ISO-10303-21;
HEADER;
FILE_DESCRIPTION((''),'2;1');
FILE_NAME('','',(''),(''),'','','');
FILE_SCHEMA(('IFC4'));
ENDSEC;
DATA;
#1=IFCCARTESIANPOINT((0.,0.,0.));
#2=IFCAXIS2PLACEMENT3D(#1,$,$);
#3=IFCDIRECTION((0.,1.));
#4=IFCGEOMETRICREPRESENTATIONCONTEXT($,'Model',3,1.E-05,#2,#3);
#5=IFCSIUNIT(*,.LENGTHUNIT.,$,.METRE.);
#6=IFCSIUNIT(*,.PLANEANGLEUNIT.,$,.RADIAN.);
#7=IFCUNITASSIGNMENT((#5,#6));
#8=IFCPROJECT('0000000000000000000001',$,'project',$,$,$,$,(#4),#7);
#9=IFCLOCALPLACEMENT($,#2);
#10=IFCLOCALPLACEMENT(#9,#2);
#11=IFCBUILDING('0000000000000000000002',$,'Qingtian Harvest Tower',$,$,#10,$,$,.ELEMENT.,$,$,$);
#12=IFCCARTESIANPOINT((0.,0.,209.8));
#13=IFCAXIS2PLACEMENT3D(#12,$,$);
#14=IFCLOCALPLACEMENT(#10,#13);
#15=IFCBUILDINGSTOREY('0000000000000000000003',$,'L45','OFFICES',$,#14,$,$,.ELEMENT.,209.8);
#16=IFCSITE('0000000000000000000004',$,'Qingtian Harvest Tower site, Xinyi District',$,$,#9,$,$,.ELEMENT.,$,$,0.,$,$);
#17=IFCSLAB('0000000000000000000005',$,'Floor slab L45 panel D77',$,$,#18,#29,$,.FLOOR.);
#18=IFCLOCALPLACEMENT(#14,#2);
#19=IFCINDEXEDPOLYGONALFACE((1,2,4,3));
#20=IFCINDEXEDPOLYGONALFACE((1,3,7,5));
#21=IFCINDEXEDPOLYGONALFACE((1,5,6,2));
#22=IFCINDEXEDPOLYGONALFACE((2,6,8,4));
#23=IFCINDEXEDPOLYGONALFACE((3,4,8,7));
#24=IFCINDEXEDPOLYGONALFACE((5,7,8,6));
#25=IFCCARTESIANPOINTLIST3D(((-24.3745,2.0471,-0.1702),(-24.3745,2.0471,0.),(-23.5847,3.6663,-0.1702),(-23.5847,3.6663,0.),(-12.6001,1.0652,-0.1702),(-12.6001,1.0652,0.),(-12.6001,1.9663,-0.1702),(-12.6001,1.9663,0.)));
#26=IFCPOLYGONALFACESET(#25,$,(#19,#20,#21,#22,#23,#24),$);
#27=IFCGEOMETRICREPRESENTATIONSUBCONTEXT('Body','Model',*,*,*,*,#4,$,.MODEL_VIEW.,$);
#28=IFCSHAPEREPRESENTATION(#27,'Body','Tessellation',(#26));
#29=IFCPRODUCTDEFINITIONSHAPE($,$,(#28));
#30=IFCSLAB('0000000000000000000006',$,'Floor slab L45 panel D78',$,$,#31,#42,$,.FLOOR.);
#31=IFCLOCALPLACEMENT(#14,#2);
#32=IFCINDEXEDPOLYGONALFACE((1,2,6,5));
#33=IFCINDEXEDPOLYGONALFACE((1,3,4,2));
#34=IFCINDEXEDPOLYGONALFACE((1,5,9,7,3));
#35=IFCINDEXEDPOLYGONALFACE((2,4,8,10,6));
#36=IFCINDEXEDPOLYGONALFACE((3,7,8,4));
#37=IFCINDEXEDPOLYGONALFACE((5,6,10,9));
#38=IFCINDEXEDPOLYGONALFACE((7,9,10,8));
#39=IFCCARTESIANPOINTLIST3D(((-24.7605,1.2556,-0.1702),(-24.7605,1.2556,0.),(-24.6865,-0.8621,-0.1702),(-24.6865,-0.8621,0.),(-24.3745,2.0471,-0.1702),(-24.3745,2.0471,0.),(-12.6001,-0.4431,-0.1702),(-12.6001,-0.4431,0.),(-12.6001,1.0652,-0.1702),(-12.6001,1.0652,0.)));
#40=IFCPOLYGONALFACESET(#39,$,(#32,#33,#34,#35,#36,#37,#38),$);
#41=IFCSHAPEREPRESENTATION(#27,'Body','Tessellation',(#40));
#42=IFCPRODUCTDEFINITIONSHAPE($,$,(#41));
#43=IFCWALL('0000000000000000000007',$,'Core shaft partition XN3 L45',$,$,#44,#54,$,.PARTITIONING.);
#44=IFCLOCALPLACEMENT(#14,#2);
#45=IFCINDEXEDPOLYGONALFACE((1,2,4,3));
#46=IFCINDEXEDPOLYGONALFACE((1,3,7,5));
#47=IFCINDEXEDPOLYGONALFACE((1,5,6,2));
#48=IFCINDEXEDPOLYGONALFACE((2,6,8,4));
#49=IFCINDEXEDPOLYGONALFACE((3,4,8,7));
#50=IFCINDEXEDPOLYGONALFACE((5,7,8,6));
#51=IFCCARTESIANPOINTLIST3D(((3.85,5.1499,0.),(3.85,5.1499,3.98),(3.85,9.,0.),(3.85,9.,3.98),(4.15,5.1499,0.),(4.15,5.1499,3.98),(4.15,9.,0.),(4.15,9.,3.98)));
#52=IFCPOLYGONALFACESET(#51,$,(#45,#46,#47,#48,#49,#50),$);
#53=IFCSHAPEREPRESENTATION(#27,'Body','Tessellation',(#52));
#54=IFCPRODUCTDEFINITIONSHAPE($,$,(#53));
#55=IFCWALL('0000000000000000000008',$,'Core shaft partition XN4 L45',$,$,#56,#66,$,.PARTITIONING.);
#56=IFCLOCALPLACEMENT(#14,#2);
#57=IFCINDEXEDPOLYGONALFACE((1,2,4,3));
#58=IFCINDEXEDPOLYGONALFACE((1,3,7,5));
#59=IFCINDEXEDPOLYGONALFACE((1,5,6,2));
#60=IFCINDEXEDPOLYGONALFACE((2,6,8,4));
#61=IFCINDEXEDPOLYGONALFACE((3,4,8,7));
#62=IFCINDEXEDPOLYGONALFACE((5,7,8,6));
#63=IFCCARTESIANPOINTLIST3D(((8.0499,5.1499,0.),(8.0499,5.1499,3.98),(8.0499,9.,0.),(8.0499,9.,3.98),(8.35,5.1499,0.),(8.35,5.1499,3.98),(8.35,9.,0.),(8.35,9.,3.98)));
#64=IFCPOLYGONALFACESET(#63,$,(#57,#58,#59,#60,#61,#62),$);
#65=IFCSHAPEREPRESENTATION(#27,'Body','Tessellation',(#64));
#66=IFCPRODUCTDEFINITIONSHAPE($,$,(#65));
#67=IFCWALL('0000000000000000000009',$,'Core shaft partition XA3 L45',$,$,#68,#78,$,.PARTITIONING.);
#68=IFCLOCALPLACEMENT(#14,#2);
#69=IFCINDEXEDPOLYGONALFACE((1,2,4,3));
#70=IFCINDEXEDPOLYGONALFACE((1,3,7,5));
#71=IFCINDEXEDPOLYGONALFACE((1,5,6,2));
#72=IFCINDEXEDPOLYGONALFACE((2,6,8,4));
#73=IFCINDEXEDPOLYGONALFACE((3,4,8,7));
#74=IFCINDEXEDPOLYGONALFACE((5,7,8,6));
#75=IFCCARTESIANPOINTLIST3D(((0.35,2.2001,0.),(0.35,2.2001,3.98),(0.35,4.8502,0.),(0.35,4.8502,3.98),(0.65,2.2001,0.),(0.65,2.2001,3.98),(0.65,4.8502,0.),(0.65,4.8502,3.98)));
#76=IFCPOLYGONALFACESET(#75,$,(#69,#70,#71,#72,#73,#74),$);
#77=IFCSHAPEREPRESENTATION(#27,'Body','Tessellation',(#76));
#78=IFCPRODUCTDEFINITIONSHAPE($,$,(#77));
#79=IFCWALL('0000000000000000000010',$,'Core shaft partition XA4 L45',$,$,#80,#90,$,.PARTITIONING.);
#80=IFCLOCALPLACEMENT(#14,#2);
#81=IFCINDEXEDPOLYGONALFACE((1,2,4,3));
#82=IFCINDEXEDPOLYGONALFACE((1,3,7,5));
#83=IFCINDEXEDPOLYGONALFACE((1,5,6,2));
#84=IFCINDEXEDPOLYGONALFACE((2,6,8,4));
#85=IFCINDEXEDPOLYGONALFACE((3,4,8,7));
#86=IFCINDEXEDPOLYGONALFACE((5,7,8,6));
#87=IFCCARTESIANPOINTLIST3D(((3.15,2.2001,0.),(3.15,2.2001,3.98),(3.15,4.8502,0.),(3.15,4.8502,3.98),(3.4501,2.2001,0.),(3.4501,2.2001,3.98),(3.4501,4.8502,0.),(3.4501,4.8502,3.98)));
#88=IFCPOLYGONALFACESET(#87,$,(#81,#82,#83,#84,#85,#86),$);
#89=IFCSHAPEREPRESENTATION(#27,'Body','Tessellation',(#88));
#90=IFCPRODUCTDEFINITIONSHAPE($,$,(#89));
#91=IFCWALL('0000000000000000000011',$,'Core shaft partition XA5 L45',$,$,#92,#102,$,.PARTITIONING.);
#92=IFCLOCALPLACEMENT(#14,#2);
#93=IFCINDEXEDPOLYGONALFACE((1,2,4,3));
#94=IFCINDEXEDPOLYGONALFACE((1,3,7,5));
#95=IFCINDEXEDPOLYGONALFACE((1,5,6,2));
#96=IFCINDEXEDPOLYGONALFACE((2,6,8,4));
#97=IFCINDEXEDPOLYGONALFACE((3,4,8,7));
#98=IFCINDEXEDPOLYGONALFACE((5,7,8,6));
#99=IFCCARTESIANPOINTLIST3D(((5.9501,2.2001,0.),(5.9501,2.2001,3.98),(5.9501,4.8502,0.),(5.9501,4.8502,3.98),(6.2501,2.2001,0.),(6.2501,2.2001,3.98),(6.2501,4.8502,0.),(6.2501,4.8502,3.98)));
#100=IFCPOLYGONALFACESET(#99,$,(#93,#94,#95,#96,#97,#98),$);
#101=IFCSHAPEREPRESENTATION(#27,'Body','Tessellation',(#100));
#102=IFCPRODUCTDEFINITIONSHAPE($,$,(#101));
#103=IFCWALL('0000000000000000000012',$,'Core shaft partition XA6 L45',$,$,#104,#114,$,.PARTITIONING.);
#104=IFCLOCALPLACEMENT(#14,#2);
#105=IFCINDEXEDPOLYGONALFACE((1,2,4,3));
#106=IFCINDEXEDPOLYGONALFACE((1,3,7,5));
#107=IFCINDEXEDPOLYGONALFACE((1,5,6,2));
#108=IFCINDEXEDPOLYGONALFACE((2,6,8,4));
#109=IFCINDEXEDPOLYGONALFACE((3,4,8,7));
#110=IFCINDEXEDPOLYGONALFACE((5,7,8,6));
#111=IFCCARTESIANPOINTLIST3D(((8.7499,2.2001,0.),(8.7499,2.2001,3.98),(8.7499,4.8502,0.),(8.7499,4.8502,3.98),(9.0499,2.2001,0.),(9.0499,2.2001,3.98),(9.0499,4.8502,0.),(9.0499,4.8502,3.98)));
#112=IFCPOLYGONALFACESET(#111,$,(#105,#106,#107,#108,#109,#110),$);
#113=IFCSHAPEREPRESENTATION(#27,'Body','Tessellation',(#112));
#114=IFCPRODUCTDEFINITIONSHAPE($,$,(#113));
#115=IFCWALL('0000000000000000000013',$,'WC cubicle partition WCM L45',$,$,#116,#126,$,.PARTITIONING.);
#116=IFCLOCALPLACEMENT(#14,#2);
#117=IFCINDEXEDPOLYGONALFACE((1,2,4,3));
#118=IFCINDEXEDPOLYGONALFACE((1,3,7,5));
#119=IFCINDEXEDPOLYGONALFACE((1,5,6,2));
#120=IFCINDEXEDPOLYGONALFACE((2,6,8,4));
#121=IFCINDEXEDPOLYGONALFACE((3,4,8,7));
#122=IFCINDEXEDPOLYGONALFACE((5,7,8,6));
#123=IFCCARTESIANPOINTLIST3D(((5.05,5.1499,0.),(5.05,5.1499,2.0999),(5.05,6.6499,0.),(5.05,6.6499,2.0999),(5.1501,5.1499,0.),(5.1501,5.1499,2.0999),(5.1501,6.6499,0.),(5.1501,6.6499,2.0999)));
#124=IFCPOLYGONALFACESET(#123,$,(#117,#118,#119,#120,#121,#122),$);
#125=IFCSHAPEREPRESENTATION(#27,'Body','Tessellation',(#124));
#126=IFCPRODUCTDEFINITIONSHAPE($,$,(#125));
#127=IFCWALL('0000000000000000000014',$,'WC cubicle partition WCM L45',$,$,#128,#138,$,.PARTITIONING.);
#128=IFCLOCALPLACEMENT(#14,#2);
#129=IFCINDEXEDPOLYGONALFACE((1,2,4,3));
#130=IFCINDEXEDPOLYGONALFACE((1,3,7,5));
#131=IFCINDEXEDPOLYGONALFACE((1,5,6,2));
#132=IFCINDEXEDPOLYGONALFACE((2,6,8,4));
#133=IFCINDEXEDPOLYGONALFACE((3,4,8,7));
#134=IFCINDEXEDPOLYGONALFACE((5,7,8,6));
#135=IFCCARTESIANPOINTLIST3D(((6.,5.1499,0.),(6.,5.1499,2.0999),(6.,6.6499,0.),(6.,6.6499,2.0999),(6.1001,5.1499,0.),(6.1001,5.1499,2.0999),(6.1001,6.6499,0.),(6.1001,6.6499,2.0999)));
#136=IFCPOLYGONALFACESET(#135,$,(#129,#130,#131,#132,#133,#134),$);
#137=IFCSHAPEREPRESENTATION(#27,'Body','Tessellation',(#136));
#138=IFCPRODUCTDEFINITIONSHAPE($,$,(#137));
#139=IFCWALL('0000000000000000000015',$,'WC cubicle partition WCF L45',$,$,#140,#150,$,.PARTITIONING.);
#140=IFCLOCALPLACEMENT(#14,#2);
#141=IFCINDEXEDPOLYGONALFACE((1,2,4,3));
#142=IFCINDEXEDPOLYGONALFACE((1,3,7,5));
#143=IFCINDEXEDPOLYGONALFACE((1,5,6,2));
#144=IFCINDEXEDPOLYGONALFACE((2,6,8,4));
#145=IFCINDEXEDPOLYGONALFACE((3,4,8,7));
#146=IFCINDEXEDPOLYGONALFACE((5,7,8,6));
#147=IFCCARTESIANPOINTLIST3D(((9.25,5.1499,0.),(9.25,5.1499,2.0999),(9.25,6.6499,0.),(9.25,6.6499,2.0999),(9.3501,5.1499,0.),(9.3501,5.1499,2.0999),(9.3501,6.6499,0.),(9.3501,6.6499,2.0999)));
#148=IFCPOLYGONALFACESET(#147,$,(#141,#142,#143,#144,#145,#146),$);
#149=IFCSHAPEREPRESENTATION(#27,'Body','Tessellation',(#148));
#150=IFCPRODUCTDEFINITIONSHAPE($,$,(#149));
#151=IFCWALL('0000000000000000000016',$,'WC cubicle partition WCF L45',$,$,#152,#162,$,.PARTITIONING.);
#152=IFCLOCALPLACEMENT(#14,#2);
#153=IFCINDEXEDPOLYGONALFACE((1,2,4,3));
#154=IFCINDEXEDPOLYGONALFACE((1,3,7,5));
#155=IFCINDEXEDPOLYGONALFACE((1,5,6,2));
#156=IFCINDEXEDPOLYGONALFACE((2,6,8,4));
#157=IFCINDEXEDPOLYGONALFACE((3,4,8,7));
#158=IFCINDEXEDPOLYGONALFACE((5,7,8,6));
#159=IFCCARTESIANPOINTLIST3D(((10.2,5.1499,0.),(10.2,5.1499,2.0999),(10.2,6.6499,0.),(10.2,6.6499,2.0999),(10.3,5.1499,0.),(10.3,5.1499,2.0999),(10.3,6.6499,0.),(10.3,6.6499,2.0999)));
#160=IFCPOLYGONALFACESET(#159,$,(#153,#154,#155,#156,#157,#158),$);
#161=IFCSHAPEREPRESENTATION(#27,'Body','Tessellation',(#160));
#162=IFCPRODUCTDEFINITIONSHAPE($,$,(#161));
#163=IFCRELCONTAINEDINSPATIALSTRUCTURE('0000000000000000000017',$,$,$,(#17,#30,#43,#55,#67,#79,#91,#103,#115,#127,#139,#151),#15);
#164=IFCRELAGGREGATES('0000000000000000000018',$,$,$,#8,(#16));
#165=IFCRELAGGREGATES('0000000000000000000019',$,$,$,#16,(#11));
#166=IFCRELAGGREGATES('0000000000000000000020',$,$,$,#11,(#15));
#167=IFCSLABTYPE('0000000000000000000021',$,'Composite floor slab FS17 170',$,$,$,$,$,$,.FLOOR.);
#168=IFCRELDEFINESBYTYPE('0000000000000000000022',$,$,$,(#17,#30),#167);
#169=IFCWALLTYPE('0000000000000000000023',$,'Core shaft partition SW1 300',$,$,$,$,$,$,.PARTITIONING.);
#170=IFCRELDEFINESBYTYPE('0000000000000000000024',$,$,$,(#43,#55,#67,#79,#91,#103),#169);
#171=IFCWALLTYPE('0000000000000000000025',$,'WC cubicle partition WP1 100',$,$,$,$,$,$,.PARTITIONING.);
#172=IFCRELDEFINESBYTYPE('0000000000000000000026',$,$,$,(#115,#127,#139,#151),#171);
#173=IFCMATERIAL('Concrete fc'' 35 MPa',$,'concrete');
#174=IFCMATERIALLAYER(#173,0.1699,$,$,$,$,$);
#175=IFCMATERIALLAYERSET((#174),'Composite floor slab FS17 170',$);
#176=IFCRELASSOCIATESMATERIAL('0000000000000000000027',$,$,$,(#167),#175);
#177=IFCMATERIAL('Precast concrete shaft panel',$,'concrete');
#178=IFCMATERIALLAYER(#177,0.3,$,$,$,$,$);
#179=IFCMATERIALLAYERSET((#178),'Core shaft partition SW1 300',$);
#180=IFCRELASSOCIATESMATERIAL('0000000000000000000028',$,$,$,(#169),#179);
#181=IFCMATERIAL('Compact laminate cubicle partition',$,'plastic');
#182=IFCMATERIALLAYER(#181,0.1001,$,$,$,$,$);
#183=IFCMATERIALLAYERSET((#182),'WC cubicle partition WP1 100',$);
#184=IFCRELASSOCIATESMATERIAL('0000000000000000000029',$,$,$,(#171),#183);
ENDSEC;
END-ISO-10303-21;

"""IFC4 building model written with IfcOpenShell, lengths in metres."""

from ifc_helpers import new_model, si_unit, direction, frame, frame_2d, origin, place, context, subcontext, project, spatial, polyline, rectangle, outline, extrude, material, layer, layer_set, type_object, element, save


model = new_model("IFC4")

# Units and contexts
model_context = context("Model", 3, precision=1e-05, world=origin(), true_north=direction((0.0, 1.0)))
body_context = subcontext(model_context, "Body", "Model", "MODEL_VIEW")
ifc_project = project(units=[si_unit("LENGTHUNIT", "METRE"), si_unit("PLANEANGLEUNIT", "RADIAN")], contexts=[model_context])

# Site, building, storey
site_placement = place(None, origin())
site = spatial("IfcSite", under=ifc_project, at=site_placement, Name="Qingtian Harvest Tower site, Xinyi District", CompositionType="ELEMENT", RefElevation=0.0)
building_placement = place(site_placement, origin())
building = spatial("IfcBuilding", under=site, at=building_placement, Name="Qingtian Harvest Tower", CompositionType="ELEMENT")
storey_placement = place(building_placement, frame((0.0, 0.0, 209.8)))
storey = spatial("IfcBuildingStorey", under=building, at=storey_placement, Name="L45", Description="OFFICES", CompositionType="ELEMENT", Elevation=209.8)

# Slabs
ifc_material_1 = material(Name="Concrete fc' 35 MPa", Category="concrete")
ifc_layer_1 = layer(ifc_material_1, 0.1699)
ifc_layer_set_1 = layer_set([ifc_layer_1], Name="Composite floor slab FS17 170")
slab_type = type_object("IfcSlabType", Name="Composite floor slab FS17 170", PredefinedType="FLOOR", material=ifc_layer_set_1)
slab_1_placement = place(storey_placement, frame((0.0, 0.0, -0.1702)))
element("IfcSlab", 1, at=slab_1_placement, inside=storey, type_object=slab_type, Name="Floor slab L45 panel D77", PredefinedType="FLOOR", context=body_context, shape_type="SweptSolid", body=[
    extrude(outline(polyline([(-12.6001, 1.0652), (-24.3745, 2.0471), (-23.5847, 3.6663), (-12.6001, 1.9663), (-12.6001, 1.0652)])), origin(), (0.0, 0.0, 1.0), 0.1702),
])
slab_2_placement = place(storey_placement, frame((0.0, 0.0, -0.1702)))
element("IfcSlab", 2, at=slab_2_placement, inside=storey, type_object=slab_type, Name="Floor slab L45 panel D78", PredefinedType="FLOOR", context=body_context, shape_type="SweptSolid", body=[
    extrude(outline(polyline([(-12.6001, 1.0652), (-12.6001, -0.4431), (-24.6865, -0.8621), (-24.7605, 1.2556), (-24.3745, 2.0471), (-12.6001, 1.0652)])), origin(), (0.0, 0.0, 1.0), 0.1702),
])

# Shared definitions
ifc_material_2 = material(Name="Precast concrete shaft panel", Category="concrete")
ifc_layer_2 = layer(ifc_material_2, 0.3)
ifc_layer_set_2 = layer_set([ifc_layer_2], Name="Core shaft partition SW1 300")
wall_type_1 = type_object("IfcWallType", Name="Core shaft partition SW1 300", PredefinedType="PARTITIONING", material=ifc_layer_set_2)

# Walls
for number, where, z_axis, x_axis, name in (
    (3, (4.0, 5.1499, 0.0), (0.0, 0.0, 1.0), (0.0, 1.0, 0.0), "Core shaft partition XN3 L45"),
    (4, (8.2, 5.1499, 0.0), (0.0, 0.0, 1.0), (0.0, 1.0, 0.0), "Core shaft partition XN4 L45"),
):
    element("IfcWall", number, at=place(storey_placement, frame(where, z_axis=z_axis, x_axis=x_axis)), inside=storey, type_object=wall_type_1, Name=name, PredefinedType="PARTITIONING", context=body_context, shape_type="SweptSolid", body=[
        extrude(rectangle(XDim=3.8501, YDim=0.3, at=frame_2d((1.925, 0.0))), origin(), (0.0, 0.0, 1.0), 3.98),
    ])
for number, where, z_axis, x_axis, name in (
    (5, (0.5, 2.2, 0.0), (0.0, 0.0, 1.0), (0.0, 1.0, 0.0), "Core shaft partition XA3 L45"),
    (6, (3.3, 2.2, 0.0), (0.0, 0.0, 1.0), (0.0, 1.0, 0.0), "Core shaft partition XA4 L45"),
    (7, (6.1001, 2.2, 0.0), (0.0, 0.0, 1.0), (0.0, 1.0, 0.0), "Core shaft partition XA5 L45"),
    (8, (8.8999, 2.2, 0.0), (0.0, 0.0, 1.0), (0.0, 1.0, 0.0), "Core shaft partition XA6 L45"),
):
    element("IfcWall", number, at=place(storey_placement, frame(where, z_axis=z_axis, x_axis=x_axis)), inside=storey, type_object=wall_type_1, Name=name, PredefinedType="PARTITIONING", context=body_context, shape_type="SweptSolid", body=[
        extrude(rectangle(XDim=2.6501, YDim=0.3, at=frame_2d((1.3252, 0.0))), origin(), (0.0, 0.0, 1.0), 3.98),
    ])

# Walls
ifc_material_3 = material(Name="Compact laminate cubicle partition", Category="plastic")
ifc_layer_3 = layer(ifc_material_3, 0.1001)
ifc_layer_set_3 = layer_set([ifc_layer_3], Name="WC cubicle partition WP1 100")
wall_type_2 = type_object("IfcWallType", Name="WC cubicle partition WP1 100", PredefinedType="PARTITIONING", material=ifc_layer_set_3)
for number, where, z_axis, x_axis, name in (
    (9, (5.1001, 5.1499, 0.0), (0.0, 0.0, 1.0), (0.0, 1.0, 0.0), "WC cubicle partition WCM L45"),
    (10, (6.05, 5.1499, 0.0), (0.0, 0.0, 1.0), (0.0, 1.0, 0.0), "WC cubicle partition WCM L45"),
    (11, (9.3, 5.1499, 0.0), (0.0, 0.0, 1.0), (0.0, 1.0, 0.0), "WC cubicle partition WCF L45"),
    (12, (10.25, 5.1499, 0.0), (0.0, 0.0, 1.0), (0.0, 1.0, 0.0), "WC cubicle partition WCF L45"),
):
    element("IfcWall", number, at=place(storey_placement, frame(where, z_axis=z_axis, x_axis=x_axis)), inside=storey, type_object=wall_type_2, Name=name, PredefinedType="PARTITIONING", context=body_context, shape_type="SweptSolid", body=[
        extrude(rectangle(XDim=1.5, YDim=0.1001, at=frame_2d((0.75, 0.0))), origin(), (0.0, 0.0, 1.0), 2.0999),
    ])

save(model, "model.ifc")
